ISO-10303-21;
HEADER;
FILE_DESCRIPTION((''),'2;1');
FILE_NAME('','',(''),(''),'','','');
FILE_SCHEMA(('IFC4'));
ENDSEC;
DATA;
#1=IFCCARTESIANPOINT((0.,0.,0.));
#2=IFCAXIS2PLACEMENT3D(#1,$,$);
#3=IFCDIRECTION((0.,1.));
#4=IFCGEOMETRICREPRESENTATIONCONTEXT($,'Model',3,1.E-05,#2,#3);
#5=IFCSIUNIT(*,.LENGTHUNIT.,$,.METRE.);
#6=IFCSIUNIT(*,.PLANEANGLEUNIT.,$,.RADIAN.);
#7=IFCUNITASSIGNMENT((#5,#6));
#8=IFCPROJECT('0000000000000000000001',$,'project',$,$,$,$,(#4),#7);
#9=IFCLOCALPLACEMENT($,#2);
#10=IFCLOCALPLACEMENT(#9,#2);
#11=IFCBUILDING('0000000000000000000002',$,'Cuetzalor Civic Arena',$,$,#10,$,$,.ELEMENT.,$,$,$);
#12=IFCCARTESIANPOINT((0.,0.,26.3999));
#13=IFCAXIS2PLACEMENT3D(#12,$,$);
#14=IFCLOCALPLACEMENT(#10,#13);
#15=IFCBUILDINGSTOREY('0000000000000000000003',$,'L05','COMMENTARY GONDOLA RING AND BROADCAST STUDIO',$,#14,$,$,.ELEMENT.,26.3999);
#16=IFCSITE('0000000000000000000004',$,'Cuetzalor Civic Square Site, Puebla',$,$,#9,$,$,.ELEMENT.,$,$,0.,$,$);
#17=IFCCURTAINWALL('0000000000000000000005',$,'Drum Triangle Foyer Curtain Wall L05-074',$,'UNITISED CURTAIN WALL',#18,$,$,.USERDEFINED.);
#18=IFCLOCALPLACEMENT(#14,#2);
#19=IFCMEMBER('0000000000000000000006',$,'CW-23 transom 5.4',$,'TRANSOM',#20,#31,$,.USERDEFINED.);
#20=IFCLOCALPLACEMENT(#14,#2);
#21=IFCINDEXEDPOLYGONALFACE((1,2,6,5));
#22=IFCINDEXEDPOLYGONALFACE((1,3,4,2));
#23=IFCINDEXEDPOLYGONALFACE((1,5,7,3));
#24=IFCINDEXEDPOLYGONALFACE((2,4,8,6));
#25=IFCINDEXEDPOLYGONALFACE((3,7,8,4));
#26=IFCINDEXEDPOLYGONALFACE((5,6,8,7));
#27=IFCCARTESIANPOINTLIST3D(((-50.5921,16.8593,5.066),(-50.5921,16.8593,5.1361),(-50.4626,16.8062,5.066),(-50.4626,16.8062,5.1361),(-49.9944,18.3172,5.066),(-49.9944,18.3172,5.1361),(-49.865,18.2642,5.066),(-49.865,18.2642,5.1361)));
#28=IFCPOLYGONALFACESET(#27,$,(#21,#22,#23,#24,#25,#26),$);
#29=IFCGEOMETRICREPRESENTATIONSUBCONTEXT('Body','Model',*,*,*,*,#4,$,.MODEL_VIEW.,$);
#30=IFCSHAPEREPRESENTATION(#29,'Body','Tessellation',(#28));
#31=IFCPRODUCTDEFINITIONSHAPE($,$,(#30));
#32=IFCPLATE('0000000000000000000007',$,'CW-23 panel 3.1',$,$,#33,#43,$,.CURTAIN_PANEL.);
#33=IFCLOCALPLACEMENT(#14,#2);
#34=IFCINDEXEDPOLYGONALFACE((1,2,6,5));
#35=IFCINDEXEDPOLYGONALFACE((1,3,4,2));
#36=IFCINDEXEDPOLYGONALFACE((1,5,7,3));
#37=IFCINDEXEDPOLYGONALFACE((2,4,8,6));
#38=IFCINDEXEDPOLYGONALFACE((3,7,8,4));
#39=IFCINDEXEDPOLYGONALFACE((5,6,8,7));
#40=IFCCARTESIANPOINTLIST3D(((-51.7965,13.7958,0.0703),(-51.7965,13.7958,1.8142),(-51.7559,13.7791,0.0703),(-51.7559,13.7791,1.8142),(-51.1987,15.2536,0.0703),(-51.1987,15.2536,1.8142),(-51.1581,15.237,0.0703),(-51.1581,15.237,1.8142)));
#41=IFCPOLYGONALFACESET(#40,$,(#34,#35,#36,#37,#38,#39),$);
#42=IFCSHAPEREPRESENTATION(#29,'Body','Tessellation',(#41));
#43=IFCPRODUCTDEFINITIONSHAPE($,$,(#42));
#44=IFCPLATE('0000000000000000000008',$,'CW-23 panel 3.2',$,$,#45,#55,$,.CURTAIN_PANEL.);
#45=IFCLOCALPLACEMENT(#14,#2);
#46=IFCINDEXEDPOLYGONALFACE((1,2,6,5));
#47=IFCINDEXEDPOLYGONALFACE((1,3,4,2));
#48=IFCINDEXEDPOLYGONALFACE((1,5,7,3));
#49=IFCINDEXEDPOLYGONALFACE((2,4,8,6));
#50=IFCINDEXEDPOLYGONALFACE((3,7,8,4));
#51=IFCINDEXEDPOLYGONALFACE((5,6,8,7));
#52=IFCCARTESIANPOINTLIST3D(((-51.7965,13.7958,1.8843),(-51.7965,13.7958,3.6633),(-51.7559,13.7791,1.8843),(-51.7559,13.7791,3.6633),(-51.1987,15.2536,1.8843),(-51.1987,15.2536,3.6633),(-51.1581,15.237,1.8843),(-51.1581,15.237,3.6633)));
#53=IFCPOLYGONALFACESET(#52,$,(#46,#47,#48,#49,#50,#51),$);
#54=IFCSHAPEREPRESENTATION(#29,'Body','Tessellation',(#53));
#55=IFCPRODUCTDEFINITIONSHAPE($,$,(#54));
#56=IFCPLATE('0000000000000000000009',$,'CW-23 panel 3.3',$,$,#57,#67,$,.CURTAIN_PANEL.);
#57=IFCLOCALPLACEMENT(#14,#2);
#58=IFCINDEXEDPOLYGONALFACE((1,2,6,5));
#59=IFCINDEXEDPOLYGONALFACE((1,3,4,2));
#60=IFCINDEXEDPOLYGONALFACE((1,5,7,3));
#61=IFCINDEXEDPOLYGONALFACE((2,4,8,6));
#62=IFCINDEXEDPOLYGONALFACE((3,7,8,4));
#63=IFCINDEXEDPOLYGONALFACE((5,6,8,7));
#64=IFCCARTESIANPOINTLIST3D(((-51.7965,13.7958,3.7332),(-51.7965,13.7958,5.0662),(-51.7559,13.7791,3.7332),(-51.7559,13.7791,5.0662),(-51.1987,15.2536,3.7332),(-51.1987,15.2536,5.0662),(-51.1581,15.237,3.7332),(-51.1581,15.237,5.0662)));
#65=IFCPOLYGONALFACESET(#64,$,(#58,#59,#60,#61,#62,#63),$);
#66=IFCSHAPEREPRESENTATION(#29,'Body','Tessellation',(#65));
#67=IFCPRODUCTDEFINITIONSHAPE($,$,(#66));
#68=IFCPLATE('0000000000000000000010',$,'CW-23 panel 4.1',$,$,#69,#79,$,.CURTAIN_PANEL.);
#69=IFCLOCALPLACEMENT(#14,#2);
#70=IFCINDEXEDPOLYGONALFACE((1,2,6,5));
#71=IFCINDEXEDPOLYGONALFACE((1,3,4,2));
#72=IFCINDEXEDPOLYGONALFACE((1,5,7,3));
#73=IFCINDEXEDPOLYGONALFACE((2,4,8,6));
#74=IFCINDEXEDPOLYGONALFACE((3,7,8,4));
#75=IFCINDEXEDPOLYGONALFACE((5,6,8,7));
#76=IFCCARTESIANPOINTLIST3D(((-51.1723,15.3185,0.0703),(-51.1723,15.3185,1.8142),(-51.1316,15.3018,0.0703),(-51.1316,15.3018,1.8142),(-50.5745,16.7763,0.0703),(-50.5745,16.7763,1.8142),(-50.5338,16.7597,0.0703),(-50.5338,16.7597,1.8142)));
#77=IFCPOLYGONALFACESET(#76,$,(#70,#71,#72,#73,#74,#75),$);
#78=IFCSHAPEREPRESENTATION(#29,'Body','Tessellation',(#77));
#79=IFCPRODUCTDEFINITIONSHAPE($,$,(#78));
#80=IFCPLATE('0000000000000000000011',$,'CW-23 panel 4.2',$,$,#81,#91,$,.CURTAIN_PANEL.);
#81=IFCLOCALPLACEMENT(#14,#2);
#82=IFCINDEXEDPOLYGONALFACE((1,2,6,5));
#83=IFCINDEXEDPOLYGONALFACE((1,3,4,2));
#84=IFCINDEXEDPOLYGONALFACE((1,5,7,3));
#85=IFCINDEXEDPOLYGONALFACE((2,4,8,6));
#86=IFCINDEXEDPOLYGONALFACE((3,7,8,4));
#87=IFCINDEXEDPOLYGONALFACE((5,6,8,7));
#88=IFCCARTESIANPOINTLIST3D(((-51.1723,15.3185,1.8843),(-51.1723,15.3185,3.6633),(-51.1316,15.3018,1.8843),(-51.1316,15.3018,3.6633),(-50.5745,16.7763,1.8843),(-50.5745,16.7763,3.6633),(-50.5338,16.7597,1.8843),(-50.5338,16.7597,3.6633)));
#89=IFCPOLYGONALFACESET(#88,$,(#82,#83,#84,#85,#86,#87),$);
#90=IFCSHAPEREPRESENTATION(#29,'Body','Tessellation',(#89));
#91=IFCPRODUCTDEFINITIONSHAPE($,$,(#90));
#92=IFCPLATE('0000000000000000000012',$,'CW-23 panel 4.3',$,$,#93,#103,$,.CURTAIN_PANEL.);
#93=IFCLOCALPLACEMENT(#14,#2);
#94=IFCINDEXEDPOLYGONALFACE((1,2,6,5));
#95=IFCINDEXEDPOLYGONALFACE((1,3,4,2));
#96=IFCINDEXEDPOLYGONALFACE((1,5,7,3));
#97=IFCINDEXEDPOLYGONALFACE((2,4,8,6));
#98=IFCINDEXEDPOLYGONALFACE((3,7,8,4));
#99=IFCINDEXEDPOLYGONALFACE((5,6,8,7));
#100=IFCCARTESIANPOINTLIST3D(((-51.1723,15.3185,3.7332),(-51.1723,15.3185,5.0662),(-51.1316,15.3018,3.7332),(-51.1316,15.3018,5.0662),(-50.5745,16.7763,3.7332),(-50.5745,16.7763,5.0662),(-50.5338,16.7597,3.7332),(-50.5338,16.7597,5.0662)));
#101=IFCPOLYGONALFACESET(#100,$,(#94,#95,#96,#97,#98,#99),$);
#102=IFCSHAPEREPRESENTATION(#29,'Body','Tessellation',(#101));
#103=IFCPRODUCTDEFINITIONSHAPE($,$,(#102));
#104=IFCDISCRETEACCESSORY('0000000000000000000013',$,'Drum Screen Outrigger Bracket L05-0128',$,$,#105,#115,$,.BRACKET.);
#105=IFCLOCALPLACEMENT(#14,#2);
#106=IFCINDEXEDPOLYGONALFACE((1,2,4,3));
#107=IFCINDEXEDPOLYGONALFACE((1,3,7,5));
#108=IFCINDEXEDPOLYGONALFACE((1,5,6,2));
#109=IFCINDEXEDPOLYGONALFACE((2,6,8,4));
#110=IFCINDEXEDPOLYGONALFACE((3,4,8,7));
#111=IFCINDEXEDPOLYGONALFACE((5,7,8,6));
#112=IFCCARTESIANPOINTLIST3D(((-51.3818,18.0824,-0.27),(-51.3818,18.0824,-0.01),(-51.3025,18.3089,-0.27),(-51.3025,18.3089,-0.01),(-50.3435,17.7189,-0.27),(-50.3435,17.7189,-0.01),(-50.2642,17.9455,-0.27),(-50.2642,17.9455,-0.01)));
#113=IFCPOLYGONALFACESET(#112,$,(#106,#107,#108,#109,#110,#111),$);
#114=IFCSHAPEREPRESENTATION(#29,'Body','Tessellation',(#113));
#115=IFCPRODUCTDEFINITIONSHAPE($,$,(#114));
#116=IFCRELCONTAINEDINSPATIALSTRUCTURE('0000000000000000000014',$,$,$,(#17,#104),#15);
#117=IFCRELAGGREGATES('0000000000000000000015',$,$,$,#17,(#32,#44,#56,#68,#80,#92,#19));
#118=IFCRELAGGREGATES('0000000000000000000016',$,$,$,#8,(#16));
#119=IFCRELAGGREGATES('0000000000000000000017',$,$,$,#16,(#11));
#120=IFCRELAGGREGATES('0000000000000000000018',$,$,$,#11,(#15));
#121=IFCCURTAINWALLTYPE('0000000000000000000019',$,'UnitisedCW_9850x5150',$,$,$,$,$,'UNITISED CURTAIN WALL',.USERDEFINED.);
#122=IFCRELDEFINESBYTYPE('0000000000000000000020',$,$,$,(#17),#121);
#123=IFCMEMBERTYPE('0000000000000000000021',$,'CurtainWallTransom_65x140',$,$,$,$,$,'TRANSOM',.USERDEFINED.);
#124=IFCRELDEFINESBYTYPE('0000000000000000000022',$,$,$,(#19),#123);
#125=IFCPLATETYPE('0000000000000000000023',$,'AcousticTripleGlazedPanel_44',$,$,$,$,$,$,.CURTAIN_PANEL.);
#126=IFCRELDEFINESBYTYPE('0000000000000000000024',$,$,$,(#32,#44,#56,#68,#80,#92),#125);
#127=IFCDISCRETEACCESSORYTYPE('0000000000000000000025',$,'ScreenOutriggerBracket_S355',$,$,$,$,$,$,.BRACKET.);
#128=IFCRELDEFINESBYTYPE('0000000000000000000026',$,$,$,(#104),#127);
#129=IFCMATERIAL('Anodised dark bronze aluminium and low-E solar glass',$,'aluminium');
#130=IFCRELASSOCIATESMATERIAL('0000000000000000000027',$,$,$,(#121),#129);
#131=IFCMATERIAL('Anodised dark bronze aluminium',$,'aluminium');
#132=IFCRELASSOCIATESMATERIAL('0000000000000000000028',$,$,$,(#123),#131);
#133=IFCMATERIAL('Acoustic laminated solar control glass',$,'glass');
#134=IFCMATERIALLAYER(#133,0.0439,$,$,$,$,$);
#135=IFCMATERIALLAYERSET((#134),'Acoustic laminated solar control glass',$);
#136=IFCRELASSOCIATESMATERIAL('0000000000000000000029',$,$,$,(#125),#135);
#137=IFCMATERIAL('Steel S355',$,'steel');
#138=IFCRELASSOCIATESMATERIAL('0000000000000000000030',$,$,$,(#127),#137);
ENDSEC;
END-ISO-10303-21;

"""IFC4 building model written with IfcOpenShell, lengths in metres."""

from ifc_helpers import new_model, si_unit, direction, frame, origin, origin_2d, place, context, subcontext, project, spatial, rectangle, extrude, material, layer, layer_set, material_profile, profile_set, type_object, element, aggregate, save


model = new_model("IFC4")

# Units and contexts
model_context = context("Model", 3, precision=1e-05, world=origin(), true_north=direction((0.0, 1.0)))
body_context = subcontext(model_context, "Body", "Model", "MODEL_VIEW")
ifc_project = project(units=[si_unit("LENGTHUNIT", "METRE"), si_unit("PLANEANGLEUNIT", "RADIAN")], contexts=[model_context])

# Site, building, storey
site_placement = place(None, origin())
site = spatial("IfcSite", under=ifc_project, at=site_placement, Name="Cuetzalor Civic Square Site, Puebla", CompositionType="ELEMENT", RefElevation=0.0)
building_placement = place(site_placement, origin())
building = spatial("IfcBuilding", under=site, at=building_placement, Name="Cuetzalor Civic Arena", CompositionType="ELEMENT")
storey_placement = place(building_placement, frame((0.0, 0.0, 26.3999)))
storey = spatial("IfcBuildingStorey", under=building, at=storey_placement, Name="L05", Description="COMMENTARY GONDOLA RING AND BROADCAST STUDIO", CompositionType="ELEMENT", Elevation=26.3999)

# Curtain wall, member, plates
ifc_material_1 = material(Name="Anodised dark bronze aluminium and low-E solar glass", Category="aluminium")
curtain_wall_type = type_object("IfcCurtainWallType", Name="UnitisedCW_9850x5150", ElementType="UNITISED CURTAIN WALL", PredefinedType="USERDEFINED", material=ifc_material_1)
curtain_wall_placement = place(storey_placement, origin())
curtain_wall = element("IfcCurtainWall", 1, at=curtain_wall_placement, inside=storey, type_object=curtain_wall_type, Name="Drum Triangle Foyer Curtain Wall L05-074", ObjectType="UNITISED CURTAIN WALL", PredefinedType="USERDEFINED")
ifc_material_2 = material(Name="Anodised dark bronze aluminium", Category="aluminium")
ifc_material_profile_1 = material_profile(ifc_material_2, rectangle(XDim=0.1399, YDim=0.0701, at=origin_2d()), Name="ALU TRANSOM 70x140")
ifc_profile_set_1 = profile_set([ifc_material_profile_1], Name="Anodised dark bronze aluminium")
member_type_1 = type_object("IfcMemberType", Name="CurtainWallTransom_65x140", ElementType="TRANSOM", PredefinedType="USERDEFINED", material=ifc_profile_set_1)
member_1_placement = place(storey_placement, frame((-50.5273, 16.8328, 5.1011), z_axis=(0.379284, 0.92528, 0.0), x_axis=(-0.92528, 0.379284, 0.0)))
member_1 = element("IfcMember", 2, at=member_1_placement, type_object=member_type_1, Name="CW-23 transom 5.4", ObjectType="TRANSOM", PredefinedType="USERDEFINED", context=body_context, shape_type="SweptSolid", body=[
    extrude(rectangle(XDim=0.1399, YDim=0.0701, at=origin_2d()), origin(), (0.0, 0.0, 1.0), 1.5757),
])
ifc_material_3 = material(Name="Acoustic laminated solar control glass", Category="glass")
ifc_layer = layer(ifc_material_3, 0.0439)
ifc_layer_set = layer_set([ifc_layer], Name="Acoustic laminated solar control glass")
plate_type = type_object("IfcPlateType", Name="AcousticTripleGlazedPanel_44", PredefinedType="CURTAIN_PANEL", material=ifc_layer_set)
plate_1_placement = place(storey_placement, frame((-51.4773, 14.5164, 0.0703), z_axis=(0.0, 0.0, 1.0), x_axis=(0.379391, 0.925236, 0.0)))
plate_1 = element("IfcPlate", 3, at=plate_1_placement, type_object=plate_type, Name="CW-23 panel 3.1", PredefinedType="CURTAIN_PANEL", context=body_context, shape_type="SweptSolid", body=[
    extrude(rectangle(XDim=1.5757, YDim=0.0439, at=origin_2d()), origin(), (0.0, 0.0, 1.0), 1.7439),
])
plate_2_placement = place(storey_placement, frame((-51.4773, 14.5164, 1.8843), z_axis=(0.0, 0.0, 1.0), x_axis=(0.379391, 0.925236, 0.0)))
plate_2 = element("IfcPlate", 4, at=plate_2_placement, type_object=plate_type, Name="CW-23 panel 3.2", PredefinedType="CURTAIN_PANEL", context=body_context, shape_type="SweptSolid", body=[
    extrude(rectangle(XDim=1.5757, YDim=0.0439, at=origin_2d()), origin(), (0.0, 0.0, 1.0), 1.7791),
])
plate_3_placement = place(storey_placement, frame((-51.4773, 14.5164, 3.7332), z_axis=(0.0, 0.0, 1.0), x_axis=(0.379391, 0.925236, 0.0)))
plate_3 = element("IfcPlate", 5, at=plate_3_placement, type_object=plate_type, Name="CW-23 panel 3.3", PredefinedType="CURTAIN_PANEL", context=body_context, shape_type="SweptSolid", body=[
    extrude(rectangle(XDim=1.5757, YDim=0.0439, at=origin_2d()), origin(), (0.0, 0.0, 1.0), 1.333),
])
plate_4_placement = place(storey_placement, frame((-50.853, 16.0391, 0.0703), z_axis=(0.0, 0.0, 1.0), x_axis=(0.379391, 0.925236, 0.0)))
plate_4 = element("IfcPlate", 6, at=plate_4_placement, type_object=plate_type, Name="CW-23 panel 4.1", PredefinedType="CURTAIN_PANEL", context=body_context, shape_type="SweptSolid", body=[
    extrude(rectangle(XDim=1.5757, YDim=0.0439, at=origin_2d()), origin(), (0.0, 0.0, 1.0), 1.7439),
])
plate_5_placement = place(storey_placement, frame((-50.853, 16.0391, 1.8843), z_axis=(0.0, 0.0, 1.0), x_axis=(0.379391, 0.925236, 0.0)))
plate_5 = element("IfcPlate", 7, at=plate_5_placement, type_object=plate_type, Name="CW-23 panel 4.2", PredefinedType="CURTAIN_PANEL", context=body_context, shape_type="SweptSolid", body=[
    extrude(rectangle(XDim=1.5757, YDim=0.0439, at=origin_2d()), origin(), (0.0, 0.0, 1.0), 1.7791),
])
plate_6_placement = place(storey_placement, frame((-50.853, 16.0391, 3.7332), z_axis=(0.0, 0.0, 1.0), x_axis=(0.379391, 0.925236, 0.0)))
plate_6 = element("IfcPlate", 8, at=plate_6_placement, type_object=plate_type, Name="CW-23 panel 4.3", PredefinedType="CURTAIN_PANEL", context=body_context, shape_type="SweptSolid", body=[
    extrude(rectangle(XDim=1.5757, YDim=0.0439, at=origin_2d()), origin(), (0.0, 0.0, 1.0), 1.333),
])
aggregate(curtain_wall, [plate_1, plate_2, plate_3, plate_4, plate_5, plate_6, member_1])

# Discrete accessory
ifc_material_4 = material(Name="Steel S355", Category="steel")
discrete_accessory_type = type_object("IfcDiscreteAccessoryType", Name="ScreenOutriggerBracket_S355", PredefinedType="BRACKET", material=ifc_material_4)
discrete_accessory_placement = place(storey_placement, frame((-50.823, 18.0139, -0.27), z_axis=(0.0, 0.0, 1.0), x_axis=(-0.943859, 0.33035, 0.0)))
element("IfcDiscreteAccessory", 9, at=discrete_accessory_placement, inside=storey, type_object=discrete_accessory_type, Name="Drum Screen Outrigger Bracket L05-0128", PredefinedType="BRACKET", context=body_context, shape_type="SweptSolid", body=[
    extrude(rectangle(XDim=1.1001, YDim=0.24, at=origin_2d()), origin(), (0.0, 0.0, 1.0), 0.26),
])

save(model, "model.ifc")
